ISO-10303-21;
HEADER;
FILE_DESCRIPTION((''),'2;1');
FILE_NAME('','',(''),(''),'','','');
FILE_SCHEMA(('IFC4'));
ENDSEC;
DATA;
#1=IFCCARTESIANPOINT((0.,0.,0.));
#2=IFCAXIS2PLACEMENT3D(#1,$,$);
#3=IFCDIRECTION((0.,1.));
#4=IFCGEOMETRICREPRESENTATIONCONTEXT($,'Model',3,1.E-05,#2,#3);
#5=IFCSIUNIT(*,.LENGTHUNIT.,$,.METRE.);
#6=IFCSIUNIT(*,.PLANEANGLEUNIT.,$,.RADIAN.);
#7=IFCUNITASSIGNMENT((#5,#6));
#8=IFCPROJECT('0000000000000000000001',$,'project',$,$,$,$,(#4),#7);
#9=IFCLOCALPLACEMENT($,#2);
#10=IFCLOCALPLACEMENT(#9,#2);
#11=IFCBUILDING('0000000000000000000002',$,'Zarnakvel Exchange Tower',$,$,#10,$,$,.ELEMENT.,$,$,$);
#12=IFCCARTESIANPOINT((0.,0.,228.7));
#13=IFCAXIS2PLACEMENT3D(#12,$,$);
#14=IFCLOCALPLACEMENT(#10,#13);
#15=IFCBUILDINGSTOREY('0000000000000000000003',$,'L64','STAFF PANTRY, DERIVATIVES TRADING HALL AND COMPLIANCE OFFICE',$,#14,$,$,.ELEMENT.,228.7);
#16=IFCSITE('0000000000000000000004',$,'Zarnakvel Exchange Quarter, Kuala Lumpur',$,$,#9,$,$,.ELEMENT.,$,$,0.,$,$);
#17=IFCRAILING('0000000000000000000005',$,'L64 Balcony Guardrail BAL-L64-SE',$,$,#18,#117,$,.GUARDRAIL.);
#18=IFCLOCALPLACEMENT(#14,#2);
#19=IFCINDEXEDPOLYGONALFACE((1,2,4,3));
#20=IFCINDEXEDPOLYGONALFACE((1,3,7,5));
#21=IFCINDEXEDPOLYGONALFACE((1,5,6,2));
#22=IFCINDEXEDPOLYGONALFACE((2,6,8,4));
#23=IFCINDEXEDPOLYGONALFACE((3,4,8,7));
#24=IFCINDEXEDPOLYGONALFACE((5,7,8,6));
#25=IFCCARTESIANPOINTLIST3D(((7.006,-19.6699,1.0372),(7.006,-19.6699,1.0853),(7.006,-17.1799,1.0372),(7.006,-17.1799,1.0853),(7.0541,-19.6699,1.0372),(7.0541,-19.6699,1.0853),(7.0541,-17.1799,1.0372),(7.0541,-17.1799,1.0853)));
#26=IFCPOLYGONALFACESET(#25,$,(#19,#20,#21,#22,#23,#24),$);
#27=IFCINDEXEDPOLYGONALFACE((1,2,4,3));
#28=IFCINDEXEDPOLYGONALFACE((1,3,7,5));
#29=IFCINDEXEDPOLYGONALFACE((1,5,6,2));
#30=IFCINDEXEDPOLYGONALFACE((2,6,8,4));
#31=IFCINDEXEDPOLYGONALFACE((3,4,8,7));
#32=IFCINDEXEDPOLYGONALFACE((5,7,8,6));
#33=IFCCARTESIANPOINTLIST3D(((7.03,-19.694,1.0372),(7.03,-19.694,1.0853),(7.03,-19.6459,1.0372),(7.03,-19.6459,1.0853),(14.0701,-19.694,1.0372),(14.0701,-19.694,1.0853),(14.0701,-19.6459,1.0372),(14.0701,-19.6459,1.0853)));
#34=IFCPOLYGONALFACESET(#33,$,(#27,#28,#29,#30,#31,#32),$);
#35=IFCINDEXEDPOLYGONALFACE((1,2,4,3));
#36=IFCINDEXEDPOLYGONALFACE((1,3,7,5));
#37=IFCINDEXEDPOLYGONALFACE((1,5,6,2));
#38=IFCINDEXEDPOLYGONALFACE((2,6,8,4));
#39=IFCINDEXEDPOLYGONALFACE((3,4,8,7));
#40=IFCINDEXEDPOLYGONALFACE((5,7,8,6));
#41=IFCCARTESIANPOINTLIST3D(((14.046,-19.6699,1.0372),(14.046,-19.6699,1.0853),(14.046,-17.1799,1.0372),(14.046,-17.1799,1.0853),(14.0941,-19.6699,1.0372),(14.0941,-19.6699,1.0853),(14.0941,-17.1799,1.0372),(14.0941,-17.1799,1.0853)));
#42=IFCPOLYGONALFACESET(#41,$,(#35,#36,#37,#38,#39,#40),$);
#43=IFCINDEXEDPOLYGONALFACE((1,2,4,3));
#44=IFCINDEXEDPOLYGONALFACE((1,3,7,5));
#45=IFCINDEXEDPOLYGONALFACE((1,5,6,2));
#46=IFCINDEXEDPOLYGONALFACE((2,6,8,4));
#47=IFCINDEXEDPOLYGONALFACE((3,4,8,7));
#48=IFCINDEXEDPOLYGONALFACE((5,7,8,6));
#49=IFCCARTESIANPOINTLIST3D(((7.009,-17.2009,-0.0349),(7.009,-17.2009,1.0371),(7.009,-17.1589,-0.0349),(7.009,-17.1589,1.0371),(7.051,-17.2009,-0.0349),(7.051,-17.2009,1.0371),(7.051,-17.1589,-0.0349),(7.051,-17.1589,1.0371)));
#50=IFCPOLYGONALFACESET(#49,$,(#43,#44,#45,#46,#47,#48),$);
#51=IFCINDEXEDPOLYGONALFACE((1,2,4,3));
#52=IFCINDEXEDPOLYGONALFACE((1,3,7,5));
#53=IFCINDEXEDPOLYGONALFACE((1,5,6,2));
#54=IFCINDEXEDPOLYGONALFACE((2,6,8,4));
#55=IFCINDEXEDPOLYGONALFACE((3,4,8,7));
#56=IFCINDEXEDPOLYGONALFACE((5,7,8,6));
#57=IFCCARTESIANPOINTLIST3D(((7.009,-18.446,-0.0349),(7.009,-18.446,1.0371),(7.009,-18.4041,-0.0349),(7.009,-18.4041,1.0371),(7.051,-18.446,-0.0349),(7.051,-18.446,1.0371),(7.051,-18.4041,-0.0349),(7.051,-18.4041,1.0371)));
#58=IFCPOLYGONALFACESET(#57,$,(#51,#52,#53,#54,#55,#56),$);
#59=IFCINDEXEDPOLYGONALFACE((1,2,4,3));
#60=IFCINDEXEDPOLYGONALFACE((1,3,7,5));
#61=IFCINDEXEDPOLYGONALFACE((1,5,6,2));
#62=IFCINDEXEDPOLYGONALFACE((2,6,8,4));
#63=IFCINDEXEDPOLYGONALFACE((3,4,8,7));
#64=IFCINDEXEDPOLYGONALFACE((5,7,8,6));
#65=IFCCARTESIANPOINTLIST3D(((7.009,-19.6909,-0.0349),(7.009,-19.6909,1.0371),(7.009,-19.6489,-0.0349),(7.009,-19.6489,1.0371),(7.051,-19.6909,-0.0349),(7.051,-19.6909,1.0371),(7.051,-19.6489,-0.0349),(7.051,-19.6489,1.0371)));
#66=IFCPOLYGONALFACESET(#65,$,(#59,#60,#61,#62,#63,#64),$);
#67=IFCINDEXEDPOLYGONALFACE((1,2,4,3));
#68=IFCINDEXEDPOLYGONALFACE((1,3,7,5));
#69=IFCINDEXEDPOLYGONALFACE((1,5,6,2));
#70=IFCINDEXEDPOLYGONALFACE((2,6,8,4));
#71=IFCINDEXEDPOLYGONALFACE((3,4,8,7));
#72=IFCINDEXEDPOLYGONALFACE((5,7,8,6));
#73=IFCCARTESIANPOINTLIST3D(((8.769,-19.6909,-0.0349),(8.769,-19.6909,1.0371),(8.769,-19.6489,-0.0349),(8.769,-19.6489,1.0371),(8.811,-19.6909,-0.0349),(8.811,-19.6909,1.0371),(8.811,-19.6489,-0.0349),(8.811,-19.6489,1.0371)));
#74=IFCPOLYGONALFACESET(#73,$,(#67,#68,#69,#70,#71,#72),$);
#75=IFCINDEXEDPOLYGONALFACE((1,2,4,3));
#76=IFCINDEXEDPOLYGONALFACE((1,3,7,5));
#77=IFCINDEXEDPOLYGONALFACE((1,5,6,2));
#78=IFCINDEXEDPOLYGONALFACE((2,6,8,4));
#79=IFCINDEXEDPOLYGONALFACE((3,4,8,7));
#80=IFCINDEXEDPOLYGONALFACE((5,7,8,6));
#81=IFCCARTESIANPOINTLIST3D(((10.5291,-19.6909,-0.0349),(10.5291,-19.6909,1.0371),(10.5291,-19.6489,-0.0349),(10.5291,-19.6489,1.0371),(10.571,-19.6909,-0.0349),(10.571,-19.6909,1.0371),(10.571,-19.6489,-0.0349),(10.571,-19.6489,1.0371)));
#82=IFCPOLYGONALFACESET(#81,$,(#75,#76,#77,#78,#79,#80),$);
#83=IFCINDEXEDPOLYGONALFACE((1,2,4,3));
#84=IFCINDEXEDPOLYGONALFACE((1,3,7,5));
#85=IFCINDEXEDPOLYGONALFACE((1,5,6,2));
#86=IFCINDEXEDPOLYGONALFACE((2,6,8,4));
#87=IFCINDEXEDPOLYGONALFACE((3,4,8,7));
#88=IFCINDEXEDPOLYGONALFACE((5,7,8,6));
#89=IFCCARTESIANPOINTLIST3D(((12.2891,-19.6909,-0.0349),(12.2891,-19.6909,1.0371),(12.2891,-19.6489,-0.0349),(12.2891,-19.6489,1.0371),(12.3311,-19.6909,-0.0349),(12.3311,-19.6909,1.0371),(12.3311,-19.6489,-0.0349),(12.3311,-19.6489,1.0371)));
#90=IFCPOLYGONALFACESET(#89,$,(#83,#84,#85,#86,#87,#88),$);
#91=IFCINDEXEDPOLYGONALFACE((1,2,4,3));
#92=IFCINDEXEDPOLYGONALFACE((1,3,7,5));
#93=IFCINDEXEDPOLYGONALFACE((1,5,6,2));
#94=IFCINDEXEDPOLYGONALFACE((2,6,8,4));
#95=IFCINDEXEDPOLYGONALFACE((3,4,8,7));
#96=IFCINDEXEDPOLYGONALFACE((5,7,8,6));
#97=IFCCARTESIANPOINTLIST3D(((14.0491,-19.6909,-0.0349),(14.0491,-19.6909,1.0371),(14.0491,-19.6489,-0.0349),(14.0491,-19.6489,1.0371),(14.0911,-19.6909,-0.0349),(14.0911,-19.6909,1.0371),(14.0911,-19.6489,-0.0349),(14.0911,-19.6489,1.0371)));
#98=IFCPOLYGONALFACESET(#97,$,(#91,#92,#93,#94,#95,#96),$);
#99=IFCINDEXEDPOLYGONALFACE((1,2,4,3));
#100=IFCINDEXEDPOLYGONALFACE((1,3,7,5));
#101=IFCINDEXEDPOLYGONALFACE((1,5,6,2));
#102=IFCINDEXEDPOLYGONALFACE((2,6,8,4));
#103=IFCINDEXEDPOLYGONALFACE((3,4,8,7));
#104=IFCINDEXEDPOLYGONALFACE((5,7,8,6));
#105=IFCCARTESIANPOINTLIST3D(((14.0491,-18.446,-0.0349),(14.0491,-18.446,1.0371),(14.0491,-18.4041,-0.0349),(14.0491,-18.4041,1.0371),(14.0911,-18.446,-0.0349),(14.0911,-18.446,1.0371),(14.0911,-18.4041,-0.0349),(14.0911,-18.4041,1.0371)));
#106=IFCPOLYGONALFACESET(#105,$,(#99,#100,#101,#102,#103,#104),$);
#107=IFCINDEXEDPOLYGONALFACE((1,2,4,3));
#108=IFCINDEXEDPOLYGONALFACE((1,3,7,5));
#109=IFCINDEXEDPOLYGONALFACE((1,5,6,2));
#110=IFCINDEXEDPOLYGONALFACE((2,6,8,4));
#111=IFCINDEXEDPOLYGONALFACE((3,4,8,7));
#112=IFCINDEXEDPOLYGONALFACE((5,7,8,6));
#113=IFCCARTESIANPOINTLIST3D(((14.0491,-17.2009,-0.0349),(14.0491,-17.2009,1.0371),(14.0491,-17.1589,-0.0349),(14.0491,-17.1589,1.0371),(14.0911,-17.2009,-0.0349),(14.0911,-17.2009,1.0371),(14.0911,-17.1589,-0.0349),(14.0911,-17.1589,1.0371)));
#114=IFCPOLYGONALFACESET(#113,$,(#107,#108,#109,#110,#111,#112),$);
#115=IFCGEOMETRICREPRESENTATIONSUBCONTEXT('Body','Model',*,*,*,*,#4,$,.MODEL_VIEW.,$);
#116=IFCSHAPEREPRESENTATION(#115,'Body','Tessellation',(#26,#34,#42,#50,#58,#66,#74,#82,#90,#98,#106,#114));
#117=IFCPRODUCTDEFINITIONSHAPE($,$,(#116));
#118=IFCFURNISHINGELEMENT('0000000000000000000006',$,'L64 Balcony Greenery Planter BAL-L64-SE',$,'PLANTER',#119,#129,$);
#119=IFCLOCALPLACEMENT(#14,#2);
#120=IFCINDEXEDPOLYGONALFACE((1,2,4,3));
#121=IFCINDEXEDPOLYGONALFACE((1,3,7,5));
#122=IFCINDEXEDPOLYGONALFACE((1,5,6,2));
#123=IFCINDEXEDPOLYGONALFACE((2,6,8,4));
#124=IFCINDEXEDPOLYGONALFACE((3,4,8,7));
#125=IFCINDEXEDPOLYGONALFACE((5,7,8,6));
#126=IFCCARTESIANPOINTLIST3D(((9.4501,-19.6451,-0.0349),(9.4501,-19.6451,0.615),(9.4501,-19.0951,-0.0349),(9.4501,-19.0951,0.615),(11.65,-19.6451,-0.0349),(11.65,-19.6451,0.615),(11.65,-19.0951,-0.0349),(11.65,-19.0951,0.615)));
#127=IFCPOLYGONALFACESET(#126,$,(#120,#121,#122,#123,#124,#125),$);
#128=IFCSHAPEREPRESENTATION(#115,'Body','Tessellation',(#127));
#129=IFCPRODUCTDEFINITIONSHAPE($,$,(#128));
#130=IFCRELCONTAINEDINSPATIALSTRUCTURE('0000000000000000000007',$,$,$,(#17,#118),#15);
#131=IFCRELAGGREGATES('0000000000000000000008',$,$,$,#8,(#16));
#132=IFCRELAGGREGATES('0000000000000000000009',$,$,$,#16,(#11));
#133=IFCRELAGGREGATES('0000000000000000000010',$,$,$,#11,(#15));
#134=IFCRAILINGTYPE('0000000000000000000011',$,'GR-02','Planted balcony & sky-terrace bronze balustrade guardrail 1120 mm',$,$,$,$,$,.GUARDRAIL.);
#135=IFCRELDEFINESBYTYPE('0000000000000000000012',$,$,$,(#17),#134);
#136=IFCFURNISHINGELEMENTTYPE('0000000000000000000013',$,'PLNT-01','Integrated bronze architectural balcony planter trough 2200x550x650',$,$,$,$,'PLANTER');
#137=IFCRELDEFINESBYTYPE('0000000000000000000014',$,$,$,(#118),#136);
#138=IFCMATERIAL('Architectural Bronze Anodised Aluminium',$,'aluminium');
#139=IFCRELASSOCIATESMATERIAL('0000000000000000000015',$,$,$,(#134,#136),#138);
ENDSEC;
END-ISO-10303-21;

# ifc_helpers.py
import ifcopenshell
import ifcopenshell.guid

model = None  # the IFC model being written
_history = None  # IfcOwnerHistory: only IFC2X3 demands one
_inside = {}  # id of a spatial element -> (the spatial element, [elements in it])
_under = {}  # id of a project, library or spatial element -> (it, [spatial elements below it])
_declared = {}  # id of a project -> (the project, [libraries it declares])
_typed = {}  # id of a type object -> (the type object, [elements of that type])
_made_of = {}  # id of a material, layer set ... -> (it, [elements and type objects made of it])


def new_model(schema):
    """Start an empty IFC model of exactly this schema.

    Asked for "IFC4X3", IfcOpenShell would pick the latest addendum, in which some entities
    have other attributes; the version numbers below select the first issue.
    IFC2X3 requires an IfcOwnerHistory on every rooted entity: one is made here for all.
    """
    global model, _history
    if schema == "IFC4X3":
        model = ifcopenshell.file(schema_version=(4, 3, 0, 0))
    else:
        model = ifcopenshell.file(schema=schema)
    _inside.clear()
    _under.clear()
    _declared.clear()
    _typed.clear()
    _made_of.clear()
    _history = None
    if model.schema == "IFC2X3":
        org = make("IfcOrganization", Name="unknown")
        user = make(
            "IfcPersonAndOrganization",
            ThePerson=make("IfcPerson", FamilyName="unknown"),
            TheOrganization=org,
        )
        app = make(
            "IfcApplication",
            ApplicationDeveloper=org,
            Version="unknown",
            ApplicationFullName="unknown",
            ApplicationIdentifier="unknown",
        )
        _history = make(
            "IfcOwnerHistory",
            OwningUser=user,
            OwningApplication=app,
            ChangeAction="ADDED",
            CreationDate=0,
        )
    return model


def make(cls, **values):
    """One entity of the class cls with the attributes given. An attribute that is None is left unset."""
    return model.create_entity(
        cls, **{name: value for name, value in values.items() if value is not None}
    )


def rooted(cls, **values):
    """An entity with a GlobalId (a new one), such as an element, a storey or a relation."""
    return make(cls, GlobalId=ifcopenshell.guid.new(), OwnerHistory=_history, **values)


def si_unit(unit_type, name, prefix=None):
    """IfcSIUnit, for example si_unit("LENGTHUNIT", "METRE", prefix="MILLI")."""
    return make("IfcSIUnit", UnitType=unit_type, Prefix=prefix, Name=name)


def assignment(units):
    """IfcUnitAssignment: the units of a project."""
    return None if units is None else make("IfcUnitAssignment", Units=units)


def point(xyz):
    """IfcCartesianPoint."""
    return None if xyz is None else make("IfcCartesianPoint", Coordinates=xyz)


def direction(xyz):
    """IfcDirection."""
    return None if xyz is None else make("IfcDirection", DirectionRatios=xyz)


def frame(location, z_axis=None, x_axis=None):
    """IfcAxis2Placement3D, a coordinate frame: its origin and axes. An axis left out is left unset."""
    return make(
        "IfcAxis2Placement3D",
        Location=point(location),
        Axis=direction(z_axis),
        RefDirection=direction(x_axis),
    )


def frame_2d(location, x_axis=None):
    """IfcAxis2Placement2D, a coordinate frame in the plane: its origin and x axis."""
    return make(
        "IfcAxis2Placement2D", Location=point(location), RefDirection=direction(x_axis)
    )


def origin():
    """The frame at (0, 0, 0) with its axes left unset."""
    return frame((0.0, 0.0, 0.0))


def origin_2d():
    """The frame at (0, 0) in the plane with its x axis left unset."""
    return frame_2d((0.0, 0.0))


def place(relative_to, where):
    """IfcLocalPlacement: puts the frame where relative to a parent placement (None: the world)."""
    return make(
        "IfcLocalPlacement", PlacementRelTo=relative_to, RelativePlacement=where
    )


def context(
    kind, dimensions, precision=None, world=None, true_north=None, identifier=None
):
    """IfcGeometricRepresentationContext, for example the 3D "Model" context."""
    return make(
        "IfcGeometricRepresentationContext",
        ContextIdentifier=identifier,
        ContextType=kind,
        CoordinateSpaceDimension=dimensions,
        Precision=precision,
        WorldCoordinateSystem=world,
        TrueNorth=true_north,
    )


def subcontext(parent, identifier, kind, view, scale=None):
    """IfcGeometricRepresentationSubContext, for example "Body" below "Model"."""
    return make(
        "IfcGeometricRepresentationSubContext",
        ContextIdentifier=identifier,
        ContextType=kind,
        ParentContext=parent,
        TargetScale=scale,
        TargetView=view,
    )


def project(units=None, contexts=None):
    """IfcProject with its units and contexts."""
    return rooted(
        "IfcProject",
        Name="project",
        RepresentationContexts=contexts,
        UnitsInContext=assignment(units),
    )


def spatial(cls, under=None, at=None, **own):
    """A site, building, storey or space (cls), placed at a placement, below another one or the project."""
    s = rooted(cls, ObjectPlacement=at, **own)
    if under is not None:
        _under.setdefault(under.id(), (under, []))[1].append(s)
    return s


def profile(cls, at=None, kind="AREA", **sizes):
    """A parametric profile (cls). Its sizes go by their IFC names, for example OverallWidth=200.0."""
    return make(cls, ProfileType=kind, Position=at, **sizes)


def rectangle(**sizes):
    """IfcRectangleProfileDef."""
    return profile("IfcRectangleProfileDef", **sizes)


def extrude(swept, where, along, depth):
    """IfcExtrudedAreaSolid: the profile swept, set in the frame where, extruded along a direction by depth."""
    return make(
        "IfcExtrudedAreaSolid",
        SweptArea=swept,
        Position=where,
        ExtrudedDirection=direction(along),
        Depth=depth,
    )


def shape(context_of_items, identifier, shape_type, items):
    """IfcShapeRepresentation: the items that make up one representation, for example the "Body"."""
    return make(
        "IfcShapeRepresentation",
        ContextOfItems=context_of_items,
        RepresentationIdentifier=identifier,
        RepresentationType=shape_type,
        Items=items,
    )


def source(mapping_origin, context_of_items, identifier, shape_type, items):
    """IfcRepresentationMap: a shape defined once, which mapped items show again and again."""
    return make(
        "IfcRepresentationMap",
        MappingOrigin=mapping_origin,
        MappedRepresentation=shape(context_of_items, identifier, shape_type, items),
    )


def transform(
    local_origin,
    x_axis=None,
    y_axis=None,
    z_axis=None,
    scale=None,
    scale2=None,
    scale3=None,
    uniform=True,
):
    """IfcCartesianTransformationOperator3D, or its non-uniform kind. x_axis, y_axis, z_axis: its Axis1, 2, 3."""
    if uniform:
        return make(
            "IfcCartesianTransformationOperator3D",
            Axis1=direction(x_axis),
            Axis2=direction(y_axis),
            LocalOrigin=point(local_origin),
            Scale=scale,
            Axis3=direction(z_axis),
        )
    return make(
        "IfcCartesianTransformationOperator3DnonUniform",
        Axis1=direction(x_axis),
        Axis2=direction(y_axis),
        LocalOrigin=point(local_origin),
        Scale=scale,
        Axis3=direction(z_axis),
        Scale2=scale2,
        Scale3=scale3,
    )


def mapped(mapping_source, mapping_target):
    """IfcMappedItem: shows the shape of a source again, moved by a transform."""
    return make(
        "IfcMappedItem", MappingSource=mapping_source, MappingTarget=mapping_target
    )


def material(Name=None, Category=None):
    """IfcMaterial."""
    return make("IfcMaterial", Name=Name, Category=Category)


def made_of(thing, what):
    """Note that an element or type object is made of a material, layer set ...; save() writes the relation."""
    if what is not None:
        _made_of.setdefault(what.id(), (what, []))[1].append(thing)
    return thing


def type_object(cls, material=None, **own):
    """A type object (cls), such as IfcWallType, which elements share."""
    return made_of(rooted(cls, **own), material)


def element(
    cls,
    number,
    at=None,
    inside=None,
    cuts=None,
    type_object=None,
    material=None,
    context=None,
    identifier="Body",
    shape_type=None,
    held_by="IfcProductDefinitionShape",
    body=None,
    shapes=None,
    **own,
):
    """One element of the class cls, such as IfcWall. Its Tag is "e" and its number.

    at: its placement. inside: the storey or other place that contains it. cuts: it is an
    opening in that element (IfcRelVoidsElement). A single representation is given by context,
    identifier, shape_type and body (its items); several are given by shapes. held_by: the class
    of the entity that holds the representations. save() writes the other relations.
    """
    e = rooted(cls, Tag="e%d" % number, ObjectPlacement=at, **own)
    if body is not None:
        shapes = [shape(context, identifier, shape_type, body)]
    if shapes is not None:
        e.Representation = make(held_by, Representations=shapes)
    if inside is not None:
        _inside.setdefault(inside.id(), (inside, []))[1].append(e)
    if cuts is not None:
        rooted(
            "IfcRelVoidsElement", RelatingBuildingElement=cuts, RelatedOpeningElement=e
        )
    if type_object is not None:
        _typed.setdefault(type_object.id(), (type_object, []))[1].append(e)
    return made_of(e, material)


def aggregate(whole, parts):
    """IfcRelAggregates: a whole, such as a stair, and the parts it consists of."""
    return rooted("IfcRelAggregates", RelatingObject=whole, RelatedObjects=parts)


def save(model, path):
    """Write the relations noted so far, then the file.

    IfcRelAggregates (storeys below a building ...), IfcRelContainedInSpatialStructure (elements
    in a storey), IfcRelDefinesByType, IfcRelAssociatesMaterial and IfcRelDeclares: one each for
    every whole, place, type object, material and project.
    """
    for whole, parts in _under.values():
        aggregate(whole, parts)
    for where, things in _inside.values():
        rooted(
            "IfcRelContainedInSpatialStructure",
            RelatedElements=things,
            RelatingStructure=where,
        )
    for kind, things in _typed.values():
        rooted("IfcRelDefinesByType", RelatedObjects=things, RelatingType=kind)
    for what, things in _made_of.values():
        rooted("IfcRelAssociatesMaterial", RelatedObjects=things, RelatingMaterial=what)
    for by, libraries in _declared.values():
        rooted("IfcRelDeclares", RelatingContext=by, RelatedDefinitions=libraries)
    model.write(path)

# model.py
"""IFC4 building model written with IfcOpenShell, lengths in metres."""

from ifc_helpers import new_model, si_unit, direction, frame, origin, origin_2d, place, context, subcontext, project, spatial, rectangle, extrude, source, transform, mapped, material, type_object, element, save


model = new_model("IFC4")

# Units and contexts
model_context = context("Model", 3, precision=1e-05, world=origin(), true_north=direction((0.0, 1.0)))
body_context = subcontext(model_context, "Body", "Model", "MODEL_VIEW")
ifc_project = project(units=[si_unit("LENGTHUNIT", "METRE"), si_unit("PLANEANGLEUNIT", "RADIAN")], contexts=[model_context])

# Site, building, storey
site_placement = place(None, origin())
site = spatial("IfcSite", under=ifc_project, at=site_placement, Name="Zarnakvel Exchange Quarter, Kuala Lumpur", CompositionType="ELEMENT", RefElevation=0.0)
building_placement = place(site_placement, origin())
building = spatial("IfcBuilding", under=site, at=building_placement, Name="Zarnakvel Exchange Tower", CompositionType="ELEMENT")
storey_placement = place(building_placement, frame((0.0, 0.0, 228.7)))
storey = spatial("IfcBuildingStorey", under=building, at=storey_placement, Name="L64", Description="STAFF PANTRY, DERIVATIVES TRADING HALL AND COMPLIANCE OFFICE", CompositionType="ELEMENT", Elevation=228.7)

# Shared definitions
ifc_material_1 = material(Name="Architectural Bronze Anodised Aluminium", Category="aluminium")

# Railing
railing_type = type_object("IfcRailingType", Name="GR-02", Description="Planted balcony & sky-terrace bronze balustrade guardrail 1120 mm", PredefinedType="GUARDRAIL", material=ifc_material_1)
railing_placement = place(storey_placement, frame((7.03, -17.1799, -0.0349)))
element("IfcRailing", 1, at=railing_placement, inside=storey, type_object=railing_type, Name="L64 Balcony Guardrail BAL-L64-SE", PredefinedType="GUARDRAIL", context=body_context, shape_type="SweptSolid", body=[
    extrude(rectangle(XDim=0.0481, YDim=0.0481, at=origin_2d()), frame((0.0, 0.0, 1.0962), z_axis=(0.0, -1.0, 0.0), x_axis=(1.0, 0.0, 0.0)), (0.0, 0.0, 1.0), 2.49),
    extrude(rectangle(XDim=0.0481, YDim=0.0481, at=origin_2d()), frame((0.0, -2.49, 1.0962), z_axis=(1.0, 0.0, 0.0), x_axis=(0.0, 1.0, 0.0)), (0.0, 0.0, 1.0), 7.04),
    extrude(rectangle(XDim=0.0481, YDim=0.0481, at=origin_2d()), frame((7.04, -2.49, 1.0962), z_axis=(0.0, 1.0, 0.0), x_axis=(-1.0, 0.0, 0.0)), (0.0, 0.0, 1.0), 2.49),
    extrude(rectangle(XDim=0.042, YDim=0.042, at=origin_2d()), origin(), (0.0, 0.0, 1.0), 1.072),
    extrude(rectangle(XDim=0.042, YDim=0.042, at=origin_2d()), frame((0.0, -1.2451, 0.0)), (0.0, 0.0, 1.0), 1.072),
    extrude(rectangle(XDim=0.042, YDim=0.042, at=origin_2d()), frame((0.0, -2.49, 0.0)), (0.0, 0.0, 1.0), 1.072),
    extrude(rectangle(XDim=0.042, YDim=0.042, at=origin_2d()), frame((1.76, -2.49, 0.0)), (0.0, 0.0, 1.0), 1.072),
    extrude(rectangle(XDim=0.042, YDim=0.042, at=origin_2d()), frame((3.52, -2.49, 0.0)), (0.0, 0.0, 1.0), 1.072),
    extrude(rectangle(XDim=0.042, YDim=0.042, at=origin_2d()), frame((5.28, -2.49, 0.0)), (0.0, 0.0, 1.0), 1.072),
    extrude(rectangle(XDim=0.042, YDim=0.042, at=origin_2d()), frame((7.04, -2.49, 0.0)), (0.0, 0.0, 1.0), 1.072),
    extrude(rectangle(XDim=0.042, YDim=0.042, at=origin_2d()), frame((7.04, -1.2451, 0.0)), (0.0, 0.0, 1.0), 1.072),
    extrude(rectangle(XDim=0.042, YDim=0.042, at=origin_2d()), frame((7.04, 0.0, 0.0)), (0.0, 0.0, 1.0), 1.072),
])

# Furnishing element
furnishing_element_type = type_object("IfcFurnishingElementType", Name="PLNT-01", Description="Integrated bronze architectural balcony planter trough 2200x550x650", ElementType="PLANTER", material=ifc_material_1)
shared_shape_1 = source(origin(), body_context, "Body", "SweptSolid", [
    extrude(rectangle(XDim=2.2, YDim=0.55, at=origin_2d()), origin(), (0.0, 0.0, 1.0), 0.6499),
])
furnishing_placement = place(storey_placement, frame((10.55, -19.3701, -0.0349), z_axis=(0.0, 0.0, 1.0), x_axis=(1.0, 0.0, 0.0)))
element("IfcFurnishingElement", 2, at=furnishing_placement, inside=storey, type_object=furnishing_element_type, Name="L64 Balcony Greenery Planter BAL-L64-SE", ObjectType="PLANTER", context=body_context, shape_type="MappedRepresentation", body=[
    mapped(shared_shape_1, transform((0.0, 0.0, 0.0), x_axis=(1.0, 0.0, 0.0), y_axis=(0.0, 1.0, 0.0), z_axis=(0.0, 0.0, 1.0), scale=1.0)),
])

save(model, "model.ifc")
